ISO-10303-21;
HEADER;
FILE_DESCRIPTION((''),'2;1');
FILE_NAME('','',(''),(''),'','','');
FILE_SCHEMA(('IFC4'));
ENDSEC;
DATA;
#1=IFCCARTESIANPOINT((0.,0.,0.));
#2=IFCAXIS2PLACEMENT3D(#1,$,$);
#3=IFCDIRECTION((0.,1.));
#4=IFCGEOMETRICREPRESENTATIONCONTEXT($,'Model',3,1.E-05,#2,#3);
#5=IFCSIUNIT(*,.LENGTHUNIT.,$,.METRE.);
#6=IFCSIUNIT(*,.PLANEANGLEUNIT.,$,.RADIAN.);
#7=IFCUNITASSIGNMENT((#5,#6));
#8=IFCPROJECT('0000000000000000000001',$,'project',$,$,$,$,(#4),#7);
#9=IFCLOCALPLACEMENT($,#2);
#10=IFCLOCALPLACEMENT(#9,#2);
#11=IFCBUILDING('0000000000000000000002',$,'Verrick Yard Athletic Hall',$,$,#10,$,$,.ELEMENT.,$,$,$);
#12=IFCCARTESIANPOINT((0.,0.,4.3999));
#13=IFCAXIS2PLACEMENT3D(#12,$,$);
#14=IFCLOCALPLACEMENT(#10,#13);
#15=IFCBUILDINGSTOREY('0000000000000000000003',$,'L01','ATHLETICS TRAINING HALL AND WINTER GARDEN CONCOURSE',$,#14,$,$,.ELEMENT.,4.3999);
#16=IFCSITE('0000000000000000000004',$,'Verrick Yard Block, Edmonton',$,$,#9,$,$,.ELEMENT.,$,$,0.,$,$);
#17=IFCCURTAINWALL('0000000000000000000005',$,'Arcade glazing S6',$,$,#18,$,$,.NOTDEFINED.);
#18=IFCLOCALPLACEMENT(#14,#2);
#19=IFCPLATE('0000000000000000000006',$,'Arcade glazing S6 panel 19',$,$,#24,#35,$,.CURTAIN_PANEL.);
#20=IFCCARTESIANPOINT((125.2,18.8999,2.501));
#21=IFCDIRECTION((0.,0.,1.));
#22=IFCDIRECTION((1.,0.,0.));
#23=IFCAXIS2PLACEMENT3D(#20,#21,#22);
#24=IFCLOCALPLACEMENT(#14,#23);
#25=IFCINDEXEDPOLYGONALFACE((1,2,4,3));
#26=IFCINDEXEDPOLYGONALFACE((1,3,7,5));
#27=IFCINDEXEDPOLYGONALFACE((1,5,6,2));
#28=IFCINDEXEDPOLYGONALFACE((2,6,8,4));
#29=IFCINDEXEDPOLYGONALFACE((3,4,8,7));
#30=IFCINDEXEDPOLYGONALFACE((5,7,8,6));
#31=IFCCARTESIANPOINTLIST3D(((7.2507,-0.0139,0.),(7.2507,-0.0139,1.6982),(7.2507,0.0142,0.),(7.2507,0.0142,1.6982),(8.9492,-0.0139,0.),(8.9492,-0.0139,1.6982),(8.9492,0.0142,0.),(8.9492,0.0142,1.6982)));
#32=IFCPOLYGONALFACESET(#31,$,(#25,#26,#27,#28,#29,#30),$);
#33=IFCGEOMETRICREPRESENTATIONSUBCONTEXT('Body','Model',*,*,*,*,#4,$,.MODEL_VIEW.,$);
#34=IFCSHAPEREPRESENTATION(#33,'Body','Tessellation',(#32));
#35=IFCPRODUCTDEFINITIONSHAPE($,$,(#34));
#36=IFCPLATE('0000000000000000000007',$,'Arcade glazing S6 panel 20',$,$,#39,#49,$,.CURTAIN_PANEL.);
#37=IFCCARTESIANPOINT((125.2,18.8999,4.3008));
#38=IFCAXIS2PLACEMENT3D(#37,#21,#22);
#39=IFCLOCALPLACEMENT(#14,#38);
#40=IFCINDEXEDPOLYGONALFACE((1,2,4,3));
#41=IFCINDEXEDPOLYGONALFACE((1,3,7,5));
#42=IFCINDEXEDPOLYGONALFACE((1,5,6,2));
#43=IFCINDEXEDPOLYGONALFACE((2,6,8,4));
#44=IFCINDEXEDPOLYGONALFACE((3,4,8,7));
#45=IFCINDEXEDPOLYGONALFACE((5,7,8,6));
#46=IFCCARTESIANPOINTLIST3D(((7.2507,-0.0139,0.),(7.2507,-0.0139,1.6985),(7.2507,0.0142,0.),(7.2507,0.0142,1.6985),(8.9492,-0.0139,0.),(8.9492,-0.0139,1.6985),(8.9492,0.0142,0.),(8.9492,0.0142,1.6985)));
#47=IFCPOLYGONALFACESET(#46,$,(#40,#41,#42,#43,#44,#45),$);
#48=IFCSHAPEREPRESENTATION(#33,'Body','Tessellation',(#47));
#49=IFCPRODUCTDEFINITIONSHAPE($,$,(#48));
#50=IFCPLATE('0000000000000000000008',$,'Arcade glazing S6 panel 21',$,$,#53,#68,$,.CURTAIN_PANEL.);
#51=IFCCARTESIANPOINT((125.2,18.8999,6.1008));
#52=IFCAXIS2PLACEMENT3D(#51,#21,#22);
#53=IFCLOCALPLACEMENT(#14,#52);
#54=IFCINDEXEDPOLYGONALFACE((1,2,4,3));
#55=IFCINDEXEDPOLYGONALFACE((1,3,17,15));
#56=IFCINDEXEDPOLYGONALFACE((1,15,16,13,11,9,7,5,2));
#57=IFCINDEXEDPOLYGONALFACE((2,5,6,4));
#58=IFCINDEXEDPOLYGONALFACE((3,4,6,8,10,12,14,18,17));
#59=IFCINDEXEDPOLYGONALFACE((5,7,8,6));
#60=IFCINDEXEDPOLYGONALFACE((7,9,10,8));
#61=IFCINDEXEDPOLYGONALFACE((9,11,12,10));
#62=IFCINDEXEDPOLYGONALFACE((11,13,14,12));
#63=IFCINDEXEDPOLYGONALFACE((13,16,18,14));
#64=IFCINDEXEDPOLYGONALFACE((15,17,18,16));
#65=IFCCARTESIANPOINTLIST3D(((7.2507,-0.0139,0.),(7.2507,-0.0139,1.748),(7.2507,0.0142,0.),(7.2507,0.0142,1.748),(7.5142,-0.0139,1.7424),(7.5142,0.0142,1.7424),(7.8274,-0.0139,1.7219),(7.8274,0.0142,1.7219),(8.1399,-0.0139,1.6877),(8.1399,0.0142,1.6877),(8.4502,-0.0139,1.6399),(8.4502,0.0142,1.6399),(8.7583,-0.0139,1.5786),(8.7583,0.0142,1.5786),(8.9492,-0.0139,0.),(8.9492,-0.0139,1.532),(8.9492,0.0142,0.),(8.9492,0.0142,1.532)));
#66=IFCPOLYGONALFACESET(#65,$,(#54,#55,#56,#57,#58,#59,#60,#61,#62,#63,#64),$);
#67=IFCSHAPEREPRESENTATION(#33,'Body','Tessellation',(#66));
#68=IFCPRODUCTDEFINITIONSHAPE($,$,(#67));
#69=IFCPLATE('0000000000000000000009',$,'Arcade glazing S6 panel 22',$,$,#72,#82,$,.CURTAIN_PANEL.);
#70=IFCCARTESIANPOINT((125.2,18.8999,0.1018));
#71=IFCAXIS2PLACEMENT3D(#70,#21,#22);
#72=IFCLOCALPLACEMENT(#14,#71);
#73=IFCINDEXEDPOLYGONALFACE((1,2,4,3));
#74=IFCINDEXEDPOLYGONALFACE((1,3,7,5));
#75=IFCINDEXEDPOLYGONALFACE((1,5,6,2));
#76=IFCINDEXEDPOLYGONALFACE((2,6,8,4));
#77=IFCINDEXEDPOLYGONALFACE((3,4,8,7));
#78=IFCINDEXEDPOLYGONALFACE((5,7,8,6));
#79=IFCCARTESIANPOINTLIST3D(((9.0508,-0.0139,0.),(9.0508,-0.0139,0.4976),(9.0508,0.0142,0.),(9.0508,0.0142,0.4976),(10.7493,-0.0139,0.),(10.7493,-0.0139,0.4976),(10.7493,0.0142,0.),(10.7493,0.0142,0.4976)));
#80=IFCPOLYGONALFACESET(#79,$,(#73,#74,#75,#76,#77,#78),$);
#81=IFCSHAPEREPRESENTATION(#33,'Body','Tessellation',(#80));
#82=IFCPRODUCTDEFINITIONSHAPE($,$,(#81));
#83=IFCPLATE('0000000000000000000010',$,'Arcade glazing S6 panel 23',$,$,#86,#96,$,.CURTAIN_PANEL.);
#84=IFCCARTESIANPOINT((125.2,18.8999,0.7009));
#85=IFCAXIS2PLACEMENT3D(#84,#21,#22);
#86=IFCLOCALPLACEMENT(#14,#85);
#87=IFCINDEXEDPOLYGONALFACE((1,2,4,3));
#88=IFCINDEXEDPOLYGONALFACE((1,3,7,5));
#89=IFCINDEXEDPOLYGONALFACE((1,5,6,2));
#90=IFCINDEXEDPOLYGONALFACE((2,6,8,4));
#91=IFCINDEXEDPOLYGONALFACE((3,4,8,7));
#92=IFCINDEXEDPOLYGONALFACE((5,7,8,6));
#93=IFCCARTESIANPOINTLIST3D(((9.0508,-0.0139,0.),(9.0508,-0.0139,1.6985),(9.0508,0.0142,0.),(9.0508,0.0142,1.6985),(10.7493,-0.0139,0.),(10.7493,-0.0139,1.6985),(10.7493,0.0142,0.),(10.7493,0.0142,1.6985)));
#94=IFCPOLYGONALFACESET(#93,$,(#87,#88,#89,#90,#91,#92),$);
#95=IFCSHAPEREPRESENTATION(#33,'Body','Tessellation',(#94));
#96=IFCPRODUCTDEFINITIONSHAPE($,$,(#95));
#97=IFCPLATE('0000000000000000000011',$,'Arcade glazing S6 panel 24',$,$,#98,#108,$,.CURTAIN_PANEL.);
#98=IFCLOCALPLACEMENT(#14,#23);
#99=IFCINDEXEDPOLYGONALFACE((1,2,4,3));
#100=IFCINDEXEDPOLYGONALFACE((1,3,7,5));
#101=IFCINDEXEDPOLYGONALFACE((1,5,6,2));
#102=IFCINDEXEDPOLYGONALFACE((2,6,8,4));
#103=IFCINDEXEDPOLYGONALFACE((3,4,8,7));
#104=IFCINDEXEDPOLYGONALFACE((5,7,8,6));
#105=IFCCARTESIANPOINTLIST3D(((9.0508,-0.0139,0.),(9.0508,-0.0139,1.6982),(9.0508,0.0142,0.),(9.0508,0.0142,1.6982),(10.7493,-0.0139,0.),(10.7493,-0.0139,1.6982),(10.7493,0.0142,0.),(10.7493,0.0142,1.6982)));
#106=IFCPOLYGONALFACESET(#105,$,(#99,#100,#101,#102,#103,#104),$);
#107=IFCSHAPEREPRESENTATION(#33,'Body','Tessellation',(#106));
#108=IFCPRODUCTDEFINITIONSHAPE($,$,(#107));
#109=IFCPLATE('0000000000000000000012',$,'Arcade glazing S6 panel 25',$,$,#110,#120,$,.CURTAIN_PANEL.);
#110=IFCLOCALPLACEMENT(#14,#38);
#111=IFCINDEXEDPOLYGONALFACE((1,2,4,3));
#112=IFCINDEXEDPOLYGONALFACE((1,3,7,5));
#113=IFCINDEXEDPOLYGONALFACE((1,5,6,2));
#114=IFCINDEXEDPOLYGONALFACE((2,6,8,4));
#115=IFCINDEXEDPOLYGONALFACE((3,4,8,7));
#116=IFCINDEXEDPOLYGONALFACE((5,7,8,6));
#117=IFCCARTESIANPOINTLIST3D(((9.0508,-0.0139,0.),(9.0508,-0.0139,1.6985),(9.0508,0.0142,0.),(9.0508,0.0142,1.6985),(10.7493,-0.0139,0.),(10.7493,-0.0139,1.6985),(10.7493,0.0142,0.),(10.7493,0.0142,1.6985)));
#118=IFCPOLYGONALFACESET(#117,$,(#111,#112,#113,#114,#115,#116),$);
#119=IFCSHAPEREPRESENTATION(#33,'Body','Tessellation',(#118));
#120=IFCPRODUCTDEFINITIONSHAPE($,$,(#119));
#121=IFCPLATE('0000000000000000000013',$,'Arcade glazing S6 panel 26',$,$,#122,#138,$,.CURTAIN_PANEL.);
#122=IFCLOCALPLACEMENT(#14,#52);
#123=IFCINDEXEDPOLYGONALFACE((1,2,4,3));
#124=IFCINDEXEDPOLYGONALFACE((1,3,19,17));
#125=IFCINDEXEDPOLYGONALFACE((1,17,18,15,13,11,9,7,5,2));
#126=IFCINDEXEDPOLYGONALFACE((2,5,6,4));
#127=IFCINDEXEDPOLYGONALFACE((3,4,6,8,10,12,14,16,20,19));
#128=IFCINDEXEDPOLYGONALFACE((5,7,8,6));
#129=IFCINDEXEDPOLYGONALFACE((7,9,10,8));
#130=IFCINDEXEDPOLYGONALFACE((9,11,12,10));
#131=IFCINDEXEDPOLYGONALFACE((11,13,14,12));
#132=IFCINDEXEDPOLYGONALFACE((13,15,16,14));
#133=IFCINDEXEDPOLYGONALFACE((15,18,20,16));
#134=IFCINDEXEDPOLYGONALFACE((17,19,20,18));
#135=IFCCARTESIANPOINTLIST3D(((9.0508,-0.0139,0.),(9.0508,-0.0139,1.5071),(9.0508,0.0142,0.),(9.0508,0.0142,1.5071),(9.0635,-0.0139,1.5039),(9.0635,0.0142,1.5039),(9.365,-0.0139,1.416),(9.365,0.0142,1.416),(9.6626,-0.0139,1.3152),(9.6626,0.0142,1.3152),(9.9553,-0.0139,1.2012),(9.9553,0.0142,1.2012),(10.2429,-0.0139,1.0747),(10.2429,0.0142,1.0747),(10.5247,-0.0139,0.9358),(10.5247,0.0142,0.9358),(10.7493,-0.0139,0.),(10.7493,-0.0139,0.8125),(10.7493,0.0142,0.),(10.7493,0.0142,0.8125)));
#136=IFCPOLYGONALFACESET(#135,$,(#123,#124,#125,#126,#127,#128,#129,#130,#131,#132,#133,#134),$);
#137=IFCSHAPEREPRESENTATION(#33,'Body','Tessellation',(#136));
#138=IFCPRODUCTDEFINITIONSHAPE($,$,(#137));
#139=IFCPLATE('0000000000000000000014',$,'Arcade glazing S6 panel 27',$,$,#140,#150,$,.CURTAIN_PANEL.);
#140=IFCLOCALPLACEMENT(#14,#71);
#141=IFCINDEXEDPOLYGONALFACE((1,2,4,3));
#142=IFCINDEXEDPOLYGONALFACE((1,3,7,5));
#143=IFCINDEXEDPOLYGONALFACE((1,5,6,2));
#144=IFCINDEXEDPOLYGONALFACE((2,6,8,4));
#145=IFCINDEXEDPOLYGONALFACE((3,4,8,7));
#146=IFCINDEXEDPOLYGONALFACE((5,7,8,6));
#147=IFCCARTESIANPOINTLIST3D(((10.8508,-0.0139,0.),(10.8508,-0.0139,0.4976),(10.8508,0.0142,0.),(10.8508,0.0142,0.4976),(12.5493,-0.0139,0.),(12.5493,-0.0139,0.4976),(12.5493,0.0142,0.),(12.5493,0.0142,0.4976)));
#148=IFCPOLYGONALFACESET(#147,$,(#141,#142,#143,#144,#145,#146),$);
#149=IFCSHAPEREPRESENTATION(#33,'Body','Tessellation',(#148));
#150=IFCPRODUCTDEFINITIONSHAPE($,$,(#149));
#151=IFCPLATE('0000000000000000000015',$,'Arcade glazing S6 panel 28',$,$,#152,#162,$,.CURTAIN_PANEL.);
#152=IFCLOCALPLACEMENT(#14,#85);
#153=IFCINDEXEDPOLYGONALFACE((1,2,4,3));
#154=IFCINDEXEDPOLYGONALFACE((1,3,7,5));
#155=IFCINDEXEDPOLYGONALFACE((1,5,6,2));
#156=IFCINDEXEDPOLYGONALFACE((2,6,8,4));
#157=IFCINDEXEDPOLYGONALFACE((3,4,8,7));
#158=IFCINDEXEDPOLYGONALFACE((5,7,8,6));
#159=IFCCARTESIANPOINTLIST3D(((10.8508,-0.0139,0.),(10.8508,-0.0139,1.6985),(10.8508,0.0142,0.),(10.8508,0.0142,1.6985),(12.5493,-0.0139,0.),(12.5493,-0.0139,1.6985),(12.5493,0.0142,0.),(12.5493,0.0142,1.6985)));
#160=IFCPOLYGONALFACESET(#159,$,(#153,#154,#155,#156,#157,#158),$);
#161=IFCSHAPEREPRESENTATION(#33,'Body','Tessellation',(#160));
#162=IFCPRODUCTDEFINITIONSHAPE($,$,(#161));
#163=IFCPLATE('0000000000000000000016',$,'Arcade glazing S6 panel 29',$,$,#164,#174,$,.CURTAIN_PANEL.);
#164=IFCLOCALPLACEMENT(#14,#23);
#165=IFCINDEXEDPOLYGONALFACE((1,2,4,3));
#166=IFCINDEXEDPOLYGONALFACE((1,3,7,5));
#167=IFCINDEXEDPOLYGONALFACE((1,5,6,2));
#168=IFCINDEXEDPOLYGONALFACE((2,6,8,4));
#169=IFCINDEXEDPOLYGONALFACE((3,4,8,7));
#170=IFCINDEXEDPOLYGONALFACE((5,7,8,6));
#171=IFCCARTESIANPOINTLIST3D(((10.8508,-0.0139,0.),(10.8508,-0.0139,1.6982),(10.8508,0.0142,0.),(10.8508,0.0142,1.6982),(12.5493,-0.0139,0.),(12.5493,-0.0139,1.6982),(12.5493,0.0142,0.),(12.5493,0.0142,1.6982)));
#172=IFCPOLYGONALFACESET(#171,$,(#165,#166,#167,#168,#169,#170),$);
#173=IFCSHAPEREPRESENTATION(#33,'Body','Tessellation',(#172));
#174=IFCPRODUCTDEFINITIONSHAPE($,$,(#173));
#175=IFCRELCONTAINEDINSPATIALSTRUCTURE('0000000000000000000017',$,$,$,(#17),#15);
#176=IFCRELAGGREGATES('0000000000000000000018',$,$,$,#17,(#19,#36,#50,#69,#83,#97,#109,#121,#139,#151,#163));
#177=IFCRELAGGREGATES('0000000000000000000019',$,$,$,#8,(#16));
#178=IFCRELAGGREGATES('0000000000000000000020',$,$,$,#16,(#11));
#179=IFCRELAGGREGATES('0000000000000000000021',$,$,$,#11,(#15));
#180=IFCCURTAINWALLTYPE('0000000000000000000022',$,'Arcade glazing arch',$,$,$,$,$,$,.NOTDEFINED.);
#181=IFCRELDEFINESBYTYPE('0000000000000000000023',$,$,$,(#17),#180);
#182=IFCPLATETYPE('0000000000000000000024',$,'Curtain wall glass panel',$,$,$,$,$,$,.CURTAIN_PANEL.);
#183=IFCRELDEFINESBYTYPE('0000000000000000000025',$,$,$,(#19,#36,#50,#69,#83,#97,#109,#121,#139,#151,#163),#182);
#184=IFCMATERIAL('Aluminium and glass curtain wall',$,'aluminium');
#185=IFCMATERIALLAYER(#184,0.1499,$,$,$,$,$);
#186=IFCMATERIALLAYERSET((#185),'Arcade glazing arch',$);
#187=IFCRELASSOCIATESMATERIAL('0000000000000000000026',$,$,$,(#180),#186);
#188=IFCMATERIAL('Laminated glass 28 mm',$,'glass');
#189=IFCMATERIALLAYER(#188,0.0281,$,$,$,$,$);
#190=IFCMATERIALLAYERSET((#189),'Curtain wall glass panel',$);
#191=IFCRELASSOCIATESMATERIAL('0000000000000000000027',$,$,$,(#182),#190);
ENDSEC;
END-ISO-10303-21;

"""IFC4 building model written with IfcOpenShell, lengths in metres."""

from ifc_helpers import new_model, si_unit, direction, frame, origin, place, context, subcontext, project, spatial, polyline, outline, extrude, material, layer, layer_set, type_object, element, aggregate, save


model = new_model("IFC4")

# Units and contexts
model_context = context("Model", 3, precision=1e-05, world=origin(), true_north=direction((0.0, 1.0)))
body_context = subcontext(model_context, "Body", "Model", "MODEL_VIEW")
ifc_project = project(units=[si_unit("LENGTHUNIT", "METRE"), si_unit("PLANEANGLEUNIT", "RADIAN")], contexts=[model_context])

# Site, building, storey
site_placement = place(None, origin())
site = spatial("IfcSite", under=ifc_project, at=site_placement, Name="Verrick Yard Block, Edmonton", CompositionType="ELEMENT", RefElevation=0.0)
building_placement = place(site_placement, origin())
building = spatial("IfcBuilding", under=site, at=building_placement, Name="Verrick Yard Athletic Hall", CompositionType="ELEMENT")
storey_placement = place(building_placement, frame((0.0, 0.0, 4.3999)))
storey = spatial("IfcBuildingStorey", under=building, at=storey_placement, Name="L01", Description="ATHLETICS TRAINING HALL AND WINTER GARDEN CONCOURSE", CompositionType="ELEMENT", Elevation=4.3999)

# Curtain wall
ifc_material_1 = material(Name="Aluminium and glass curtain wall", Category="aluminium")
ifc_layer_1 = layer(ifc_material_1, 0.1499)
ifc_layer_set_1 = layer_set([ifc_layer_1], Name="Arcade glazing arch")
curtain_wall_type_1 = type_object("IfcCurtainWallType", Name="Arcade glazing arch", PredefinedType="NOTDEFINED", material=ifc_layer_set_1)
curtain_wall_1_placement = place(storey_placement, origin())
curtain_wall_1 = element("IfcCurtainWall", 1, at=curtain_wall_1_placement, inside=storey, type_object=curtain_wall_type_1, Name="Arcade glazing S6", PredefinedType="NOTDEFINED")

# Plates
ifc_material_2 = material(Name="Laminated glass 28 mm", Category="glass")
ifc_layer_2 = layer(ifc_material_2, 0.0281)
ifc_layer_set_2 = layer_set([ifc_layer_2], Name="Curtain wall glass panel")
plate_type = type_object("IfcPlateType", Name="Curtain wall glass panel", PredefinedType="CURTAIN_PANEL", material=ifc_layer_set_2)
plate_1_placement = place(storey_placement, frame((125.2, 18.8999, 2.501), z_axis=(0.0, 0.0, 1.0), x_axis=(1.0, 0.0, 0.0)))
plate_1 = element("IfcPlate", 2, at=plate_1_placement, type_object=plate_type, Name="Arcade glazing S6 panel 19", PredefinedType="CURTAIN_PANEL", context=body_context, shape_type="SweptSolid", body=[
    extrude(outline(polyline([(8.9492, 0.0), (8.9492, 1.6982), (7.2507, 1.6982), (7.2507, 0.0), (8.9492, 0.0)])), frame((0.0, 0.0142, 0.0), z_axis=(0.0, -1.0, 0.0), x_axis=(1.0, 0.0, 0.0)), (0.0, 0.0, 1.0), 0.0281),
])
plate_2_placement = place(storey_placement, frame((125.2, 18.8999, 4.3008), z_axis=(0.0, 0.0, 1.0), x_axis=(1.0, 0.0, 0.0)))
plate_2 = element("IfcPlate", 3, at=plate_2_placement, type_object=plate_type, Name="Arcade glazing S6 panel 20", PredefinedType="CURTAIN_PANEL", context=body_context, shape_type="SweptSolid", body=[
    extrude(outline(polyline([(8.9492, 0.0), (8.9492, 1.6985), (7.2507, 1.6985), (7.2507, 0.0), (8.9492, 0.0)])), frame((0.0, 0.0142, 0.0), z_axis=(0.0, -1.0, 0.0), x_axis=(1.0, 0.0, 0.0)), (0.0, 0.0, 1.0), 0.0281),
])
plate_3_placement = place(storey_placement, frame((125.2, 18.8999, 6.1008), z_axis=(0.0, 0.0, 1.0), x_axis=(1.0, 0.0, 0.0)))
plate_3 = element("IfcPlate", 4, at=plate_3_placement, type_object=plate_type, Name="Arcade glazing S6 panel 21", PredefinedType="CURTAIN_PANEL", context=body_context, shape_type="SweptSolid", body=[
    extrude(outline(polyline([(8.9492, 1.532), (8.7583, 1.5786), (8.4502, 1.6399), (8.1399, 1.6877), (7.8274, 1.7219), (7.5142, 1.7424), (7.2507, 1.748), (7.2507, 0.0), (8.9492, 0.0), (8.9492, 1.532)])), frame((0.0, 0.0142, 0.0), z_axis=(0.0, -1.0, 0.0), x_axis=(1.0, 0.0, 0.0)), (0.0, 0.0, 1.0), 0.0281),
])
plate_4_placement = place(storey_placement, frame((125.2, 18.8999, 0.1018), z_axis=(0.0, 0.0, 1.0), x_axis=(1.0, 0.0, 0.0)))
plate_4 = element("IfcPlate", 5, at=plate_4_placement, type_object=plate_type, Name="Arcade glazing S6 panel 22", PredefinedType="CURTAIN_PANEL", context=body_context, shape_type="SweptSolid", body=[
    extrude(outline(polyline([(10.7493, 0.0), (10.7493, 0.4976), (9.0508, 0.4976), (9.0508, 0.0), (10.7493, 0.0)])), frame((0.0, 0.0142, 0.0), z_axis=(0.0, -1.0, 0.0), x_axis=(1.0, 0.0, 0.0)), (0.0, 0.0, 1.0), 0.0281),
])
plate_5_placement = place(storey_placement, frame((125.2, 18.8999, 0.7009), z_axis=(0.0, 0.0, 1.0), x_axis=(1.0, 0.0, 0.0)))
plate_5 = element("IfcPlate", 6, at=plate_5_placement, type_object=plate_type, Name="Arcade glazing S6 panel 23", PredefinedType="CURTAIN_PANEL", context=body_context, shape_type="SweptSolid", body=[
    extrude(outline(polyline([(10.7493, 0.0), (10.7493, 1.6985), (9.0508, 1.6985), (9.0508, 0.0), (10.7493, 0.0)])), frame((0.0, 0.0142, 0.0), z_axis=(0.0, -1.0, 0.0), x_axis=(1.0, 0.0, 0.0)), (0.0, 0.0, 1.0), 0.0281),
])
plate_6_placement = place(storey_placement, frame((125.2, 18.8999, 2.501), z_axis=(0.0, 0.0, 1.0), x_axis=(1.0, 0.0, 0.0)))
plate_6 = element("IfcPlate", 7, at=plate_6_placement, type_object=plate_type, Name="Arcade glazing S6 panel 24", PredefinedType="CURTAIN_PANEL", context=body_context, shape_type="SweptSolid", body=[
    extrude(outline(polyline([(10.7493, 0.0), (10.7493, 1.6982), (9.0508, 1.6982), (9.0508, 0.0), (10.7493, 0.0)])), frame((0.0, 0.0142, 0.0), z_axis=(0.0, -1.0, 0.0), x_axis=(1.0, 0.0, 0.0)), (0.0, 0.0, 1.0), 0.0281),
])
plate_7_placement = place(storey_placement, frame((125.2, 18.8999, 4.3008), z_axis=(0.0, 0.0, 1.0), x_axis=(1.0, 0.0, 0.0)))
plate_7 = element("IfcPlate", 8, at=plate_7_placement, type_object=plate_type, Name="Arcade glazing S6 panel 25", PredefinedType="CURTAIN_PANEL", context=body_context, shape_type="SweptSolid", body=[
    extrude(outline(polyline([(10.7493, 0.0), (10.7493, 1.6985), (9.0508, 1.6985), (9.0508, 0.0), (10.7493, 0.0)])), frame((0.0, 0.0142, 0.0), z_axis=(0.0, -1.0, 0.0), x_axis=(1.0, 0.0, 0.0)), (0.0, 0.0, 1.0), 0.0281),
])
plate_8_placement = place(storey_placement, frame((125.2, 18.8999, 6.1008), z_axis=(0.0, 0.0, 1.0), x_axis=(1.0, 0.0, 0.0)))
plate_8 = element("IfcPlate", 9, at=plate_8_placement, type_object=plate_type, Name="Arcade glazing S6 panel 26", PredefinedType="CURTAIN_PANEL", context=body_context, shape_type="SweptSolid", body=[
    extrude(outline(polyline([(10.7493, 0.8125), (10.5247, 0.9358), (10.2429, 1.0747), (9.9553, 1.2012), (9.6626, 1.3152), (9.365, 1.416), (9.0635, 1.5039), (9.0508, 1.5071), (9.0508, 0.0), (10.7493, 0.0), (10.7493, 0.8125)])), frame((0.0, 0.0142, 0.0), z_axis=(0.0, -1.0, 0.0), x_axis=(1.0, 0.0, 0.0)), (0.0, 0.0, 1.0), 0.0281),
])
plate_9_placement = place(storey_placement, frame((125.2, 18.8999, 0.1018), z_axis=(0.0, 0.0, 1.0), x_axis=(1.0, 0.0, 0.0)))
plate_9 = element("IfcPlate", 10, at=plate_9_placement, type_object=plate_type, Name="Arcade glazing S6 panel 27", PredefinedType="CURTAIN_PANEL", context=body_context, shape_type="SweptSolid", body=[
    extrude(outline(polyline([(12.5493, 0.0), (12.5493, 0.4976), (10.8508, 0.4976), (10.8508, 0.0), (12.5493, 0.0)])), frame((0.0, 0.0142, 0.0), z_axis=(0.0, -1.0, 0.0), x_axis=(1.0, 0.0, 0.0)), (0.0, 0.0, 1.0), 0.0281),
])
plate_10_placement = place(storey_placement, frame((125.2, 18.8999, 0.7009), z_axis=(0.0, 0.0, 1.0), x_axis=(1.0, 0.0, 0.0)))
plate_10 = element("IfcPlate", 11, at=plate_10_placement, type_object=plate_type, Name="Arcade glazing S6 panel 28", PredefinedType="CURTAIN_PANEL", context=body_context, shape_type="SweptSolid", body=[
    extrude(outline(polyline([(12.5493, 0.0), (12.5493, 1.6985), (10.8508, 1.6985), (10.8508, 0.0), (12.5493, 0.0)])), frame((0.0, 0.0142, 0.0), z_axis=(0.0, -1.0, 0.0), x_axis=(1.0, 0.0, 0.0)), (0.0, 0.0, 1.0), 0.0281),
])
plate_11_placement = place(storey_placement, frame((125.2, 18.8999, 2.501), z_axis=(0.0, 0.0, 1.0), x_axis=(1.0, 0.0, 0.0)))
plate_11 = element("IfcPlate", 12, at=plate_11_placement, type_object=plate_type, Name="Arcade glazing S6 panel 29", PredefinedType="CURTAIN_PANEL", context=body_context, shape_type="SweptSolid", body=[
    extrude(outline(polyline([(12.5493, 0.0), (12.5493, 1.6982), (10.8508, 1.6982), (10.8508, 0.0), (12.5493, 0.0)])), frame((0.0, 0.0142, 0.0), z_axis=(0.0, -1.0, 0.0), x_axis=(1.0, 0.0, 0.0)), (0.0, 0.0, 1.0), 0.0281),
])
aggregate(curtain_wall_1, [plate_1, plate_2, plate_3, plate_4, plate_5, plate_6, plate_7, plate_8, plate_9, plate_10, plate_11])

save(model, "model.ifc")
